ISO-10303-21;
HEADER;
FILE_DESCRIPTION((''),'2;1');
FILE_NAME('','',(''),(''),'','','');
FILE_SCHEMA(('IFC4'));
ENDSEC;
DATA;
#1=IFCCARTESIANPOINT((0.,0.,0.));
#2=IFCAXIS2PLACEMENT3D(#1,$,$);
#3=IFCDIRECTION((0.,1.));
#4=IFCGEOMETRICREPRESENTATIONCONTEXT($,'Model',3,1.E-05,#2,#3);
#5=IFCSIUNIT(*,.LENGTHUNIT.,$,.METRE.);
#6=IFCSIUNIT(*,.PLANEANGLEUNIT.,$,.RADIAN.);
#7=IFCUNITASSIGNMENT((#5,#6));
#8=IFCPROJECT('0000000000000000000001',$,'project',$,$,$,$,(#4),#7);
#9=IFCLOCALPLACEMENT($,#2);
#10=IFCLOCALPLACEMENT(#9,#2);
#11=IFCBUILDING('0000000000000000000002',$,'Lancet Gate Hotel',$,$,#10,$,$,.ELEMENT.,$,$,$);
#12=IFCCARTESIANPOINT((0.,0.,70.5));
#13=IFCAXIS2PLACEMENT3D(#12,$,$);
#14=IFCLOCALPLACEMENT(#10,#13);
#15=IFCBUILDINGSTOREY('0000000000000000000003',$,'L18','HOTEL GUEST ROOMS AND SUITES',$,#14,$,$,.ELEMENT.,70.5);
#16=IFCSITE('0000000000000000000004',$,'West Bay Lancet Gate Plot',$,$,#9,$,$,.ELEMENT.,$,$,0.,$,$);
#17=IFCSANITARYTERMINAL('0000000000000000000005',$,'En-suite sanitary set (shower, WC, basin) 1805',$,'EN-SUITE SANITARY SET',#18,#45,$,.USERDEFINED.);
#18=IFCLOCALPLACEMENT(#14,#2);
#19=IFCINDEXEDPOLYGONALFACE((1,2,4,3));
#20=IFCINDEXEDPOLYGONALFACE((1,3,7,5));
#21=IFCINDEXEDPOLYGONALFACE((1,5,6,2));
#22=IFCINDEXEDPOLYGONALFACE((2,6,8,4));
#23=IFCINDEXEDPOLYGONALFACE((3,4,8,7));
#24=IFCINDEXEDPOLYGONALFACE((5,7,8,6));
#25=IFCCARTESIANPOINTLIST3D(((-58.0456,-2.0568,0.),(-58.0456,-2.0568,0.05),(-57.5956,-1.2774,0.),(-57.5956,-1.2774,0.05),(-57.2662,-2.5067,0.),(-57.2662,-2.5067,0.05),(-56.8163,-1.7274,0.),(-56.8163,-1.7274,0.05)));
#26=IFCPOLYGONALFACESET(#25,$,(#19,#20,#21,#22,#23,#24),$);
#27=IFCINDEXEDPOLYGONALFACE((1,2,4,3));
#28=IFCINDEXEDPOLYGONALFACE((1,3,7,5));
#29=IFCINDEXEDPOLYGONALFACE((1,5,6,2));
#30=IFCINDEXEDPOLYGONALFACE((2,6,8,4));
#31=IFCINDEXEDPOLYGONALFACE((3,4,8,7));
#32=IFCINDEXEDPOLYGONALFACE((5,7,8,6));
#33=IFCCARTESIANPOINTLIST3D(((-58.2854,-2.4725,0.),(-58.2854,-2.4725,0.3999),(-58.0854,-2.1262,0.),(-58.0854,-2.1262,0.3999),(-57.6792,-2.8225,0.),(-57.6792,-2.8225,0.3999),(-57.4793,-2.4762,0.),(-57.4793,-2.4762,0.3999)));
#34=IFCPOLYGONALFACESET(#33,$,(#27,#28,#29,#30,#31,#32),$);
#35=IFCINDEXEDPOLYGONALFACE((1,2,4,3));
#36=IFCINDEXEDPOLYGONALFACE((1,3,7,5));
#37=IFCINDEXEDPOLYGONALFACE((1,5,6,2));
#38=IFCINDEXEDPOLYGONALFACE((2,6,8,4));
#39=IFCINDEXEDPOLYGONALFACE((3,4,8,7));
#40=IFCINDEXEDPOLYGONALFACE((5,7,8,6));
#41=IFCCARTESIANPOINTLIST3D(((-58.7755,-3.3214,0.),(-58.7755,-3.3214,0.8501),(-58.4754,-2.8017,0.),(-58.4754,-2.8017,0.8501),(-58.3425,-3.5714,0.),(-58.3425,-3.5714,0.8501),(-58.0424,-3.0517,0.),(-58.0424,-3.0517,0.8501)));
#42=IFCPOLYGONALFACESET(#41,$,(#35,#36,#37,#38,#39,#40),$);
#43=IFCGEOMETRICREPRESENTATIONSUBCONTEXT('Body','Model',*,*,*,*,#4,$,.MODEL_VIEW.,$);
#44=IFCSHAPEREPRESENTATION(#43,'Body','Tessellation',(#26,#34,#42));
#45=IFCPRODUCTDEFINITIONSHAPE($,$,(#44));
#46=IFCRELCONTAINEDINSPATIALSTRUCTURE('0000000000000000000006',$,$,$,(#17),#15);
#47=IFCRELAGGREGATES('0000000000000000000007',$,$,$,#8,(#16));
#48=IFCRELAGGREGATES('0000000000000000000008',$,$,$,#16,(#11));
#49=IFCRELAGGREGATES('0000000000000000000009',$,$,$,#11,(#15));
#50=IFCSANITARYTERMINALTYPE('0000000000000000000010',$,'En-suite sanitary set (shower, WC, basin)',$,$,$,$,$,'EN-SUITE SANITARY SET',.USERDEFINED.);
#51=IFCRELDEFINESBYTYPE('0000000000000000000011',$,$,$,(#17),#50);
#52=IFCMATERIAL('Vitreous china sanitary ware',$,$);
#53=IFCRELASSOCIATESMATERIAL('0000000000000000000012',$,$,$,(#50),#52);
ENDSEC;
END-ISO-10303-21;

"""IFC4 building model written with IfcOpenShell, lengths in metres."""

from ifc_helpers import new_model, si_unit, direction, frame, origin, origin_2d, place, context, subcontext, project, spatial, rectangle, extrude, material, type_object, element, save


model = new_model("IFC4")

# Units and contexts
model_context = context("Model", 3, precision=1e-05, world=origin(), true_north=direction((0.0, 1.0)))
body_context = subcontext(model_context, "Body", "Model", "MODEL_VIEW")
ifc_project = project(units=[si_unit("LENGTHUNIT", "METRE"), si_unit("PLANEANGLEUNIT", "RADIAN")], contexts=[model_context])

# Site, building, storey
site_placement = place(None, origin())
site = spatial("IfcSite", under=ifc_project, at=site_placement, Name="West Bay Lancet Gate Plot", CompositionType="ELEMENT", RefElevation=0.0)
building_placement = place(site_placement, origin())
building = spatial("IfcBuilding", under=site, at=building_placement, Name="Lancet Gate Hotel", CompositionType="ELEMENT")
storey_placement = place(building_placement, frame((0.0, 0.0, 70.5)))
storey = spatial("IfcBuildingStorey", under=building, at=storey_placement, Name="L18", Description="HOTEL GUEST ROOMS AND SUITES", CompositionType="ELEMENT", Elevation=70.5)

# Sanitary terminal
ifc_material_1 = material(Name="Vitreous china sanitary ware")
sanitary_terminal_type = type_object("IfcSanitaryTerminalType", Name="En-suite sanitary set (shower, WC, basin)", ElementType="EN-SUITE SANITARY SET", PredefinedType="USERDEFINED", material=ifc_material_1)
sanitary_terminal_placement = place(storey_placement, frame((-57.4309, -1.8921, 0.0), z_axis=(0.0, 0.0, 1.0), x_axis=(1.0, 0.0, 0.0)))
element("IfcSanitaryTerminal", 1, at=sanitary_terminal_placement, inside=storey, type_object=sanitary_terminal_type, Name="En-suite sanitary set (shower, WC, basin) 1805", ObjectType="EN-SUITE SANITARY SET", PredefinedType="USERDEFINED", context=body_context, shape_type="SweptSolid", body=[
    extrude(rectangle(XDim=0.8999, YDim=0.8999, at=origin_2d()), frame((0.0, 0.0, 0.0), z_axis=(0.0, 0.0, 1.0), x_axis=(0.5, 0.866025, 0.0)), (0.0, 0.0, 1.0), 0.05),
    extrude(rectangle(XDim=0.3999, YDim=0.7, at=origin_2d()), frame((-0.4514, -0.5823, 0.0), z_axis=(0.0, 0.0, 1.0), x_axis=(0.5, 0.866025, 0.0)), (0.0, 0.0, 1.0), 0.3999),
    extrude(rectangle(XDim=0.6001, YDim=0.5, at=origin_2d()), frame((-0.978, -1.2944, 0.0), z_axis=(0.0, 0.0, 1.0), x_axis=(0.5, 0.866025, 0.0)), (0.0, 0.0, 1.0), 0.8501),
])

save(model, "model.ifc")
